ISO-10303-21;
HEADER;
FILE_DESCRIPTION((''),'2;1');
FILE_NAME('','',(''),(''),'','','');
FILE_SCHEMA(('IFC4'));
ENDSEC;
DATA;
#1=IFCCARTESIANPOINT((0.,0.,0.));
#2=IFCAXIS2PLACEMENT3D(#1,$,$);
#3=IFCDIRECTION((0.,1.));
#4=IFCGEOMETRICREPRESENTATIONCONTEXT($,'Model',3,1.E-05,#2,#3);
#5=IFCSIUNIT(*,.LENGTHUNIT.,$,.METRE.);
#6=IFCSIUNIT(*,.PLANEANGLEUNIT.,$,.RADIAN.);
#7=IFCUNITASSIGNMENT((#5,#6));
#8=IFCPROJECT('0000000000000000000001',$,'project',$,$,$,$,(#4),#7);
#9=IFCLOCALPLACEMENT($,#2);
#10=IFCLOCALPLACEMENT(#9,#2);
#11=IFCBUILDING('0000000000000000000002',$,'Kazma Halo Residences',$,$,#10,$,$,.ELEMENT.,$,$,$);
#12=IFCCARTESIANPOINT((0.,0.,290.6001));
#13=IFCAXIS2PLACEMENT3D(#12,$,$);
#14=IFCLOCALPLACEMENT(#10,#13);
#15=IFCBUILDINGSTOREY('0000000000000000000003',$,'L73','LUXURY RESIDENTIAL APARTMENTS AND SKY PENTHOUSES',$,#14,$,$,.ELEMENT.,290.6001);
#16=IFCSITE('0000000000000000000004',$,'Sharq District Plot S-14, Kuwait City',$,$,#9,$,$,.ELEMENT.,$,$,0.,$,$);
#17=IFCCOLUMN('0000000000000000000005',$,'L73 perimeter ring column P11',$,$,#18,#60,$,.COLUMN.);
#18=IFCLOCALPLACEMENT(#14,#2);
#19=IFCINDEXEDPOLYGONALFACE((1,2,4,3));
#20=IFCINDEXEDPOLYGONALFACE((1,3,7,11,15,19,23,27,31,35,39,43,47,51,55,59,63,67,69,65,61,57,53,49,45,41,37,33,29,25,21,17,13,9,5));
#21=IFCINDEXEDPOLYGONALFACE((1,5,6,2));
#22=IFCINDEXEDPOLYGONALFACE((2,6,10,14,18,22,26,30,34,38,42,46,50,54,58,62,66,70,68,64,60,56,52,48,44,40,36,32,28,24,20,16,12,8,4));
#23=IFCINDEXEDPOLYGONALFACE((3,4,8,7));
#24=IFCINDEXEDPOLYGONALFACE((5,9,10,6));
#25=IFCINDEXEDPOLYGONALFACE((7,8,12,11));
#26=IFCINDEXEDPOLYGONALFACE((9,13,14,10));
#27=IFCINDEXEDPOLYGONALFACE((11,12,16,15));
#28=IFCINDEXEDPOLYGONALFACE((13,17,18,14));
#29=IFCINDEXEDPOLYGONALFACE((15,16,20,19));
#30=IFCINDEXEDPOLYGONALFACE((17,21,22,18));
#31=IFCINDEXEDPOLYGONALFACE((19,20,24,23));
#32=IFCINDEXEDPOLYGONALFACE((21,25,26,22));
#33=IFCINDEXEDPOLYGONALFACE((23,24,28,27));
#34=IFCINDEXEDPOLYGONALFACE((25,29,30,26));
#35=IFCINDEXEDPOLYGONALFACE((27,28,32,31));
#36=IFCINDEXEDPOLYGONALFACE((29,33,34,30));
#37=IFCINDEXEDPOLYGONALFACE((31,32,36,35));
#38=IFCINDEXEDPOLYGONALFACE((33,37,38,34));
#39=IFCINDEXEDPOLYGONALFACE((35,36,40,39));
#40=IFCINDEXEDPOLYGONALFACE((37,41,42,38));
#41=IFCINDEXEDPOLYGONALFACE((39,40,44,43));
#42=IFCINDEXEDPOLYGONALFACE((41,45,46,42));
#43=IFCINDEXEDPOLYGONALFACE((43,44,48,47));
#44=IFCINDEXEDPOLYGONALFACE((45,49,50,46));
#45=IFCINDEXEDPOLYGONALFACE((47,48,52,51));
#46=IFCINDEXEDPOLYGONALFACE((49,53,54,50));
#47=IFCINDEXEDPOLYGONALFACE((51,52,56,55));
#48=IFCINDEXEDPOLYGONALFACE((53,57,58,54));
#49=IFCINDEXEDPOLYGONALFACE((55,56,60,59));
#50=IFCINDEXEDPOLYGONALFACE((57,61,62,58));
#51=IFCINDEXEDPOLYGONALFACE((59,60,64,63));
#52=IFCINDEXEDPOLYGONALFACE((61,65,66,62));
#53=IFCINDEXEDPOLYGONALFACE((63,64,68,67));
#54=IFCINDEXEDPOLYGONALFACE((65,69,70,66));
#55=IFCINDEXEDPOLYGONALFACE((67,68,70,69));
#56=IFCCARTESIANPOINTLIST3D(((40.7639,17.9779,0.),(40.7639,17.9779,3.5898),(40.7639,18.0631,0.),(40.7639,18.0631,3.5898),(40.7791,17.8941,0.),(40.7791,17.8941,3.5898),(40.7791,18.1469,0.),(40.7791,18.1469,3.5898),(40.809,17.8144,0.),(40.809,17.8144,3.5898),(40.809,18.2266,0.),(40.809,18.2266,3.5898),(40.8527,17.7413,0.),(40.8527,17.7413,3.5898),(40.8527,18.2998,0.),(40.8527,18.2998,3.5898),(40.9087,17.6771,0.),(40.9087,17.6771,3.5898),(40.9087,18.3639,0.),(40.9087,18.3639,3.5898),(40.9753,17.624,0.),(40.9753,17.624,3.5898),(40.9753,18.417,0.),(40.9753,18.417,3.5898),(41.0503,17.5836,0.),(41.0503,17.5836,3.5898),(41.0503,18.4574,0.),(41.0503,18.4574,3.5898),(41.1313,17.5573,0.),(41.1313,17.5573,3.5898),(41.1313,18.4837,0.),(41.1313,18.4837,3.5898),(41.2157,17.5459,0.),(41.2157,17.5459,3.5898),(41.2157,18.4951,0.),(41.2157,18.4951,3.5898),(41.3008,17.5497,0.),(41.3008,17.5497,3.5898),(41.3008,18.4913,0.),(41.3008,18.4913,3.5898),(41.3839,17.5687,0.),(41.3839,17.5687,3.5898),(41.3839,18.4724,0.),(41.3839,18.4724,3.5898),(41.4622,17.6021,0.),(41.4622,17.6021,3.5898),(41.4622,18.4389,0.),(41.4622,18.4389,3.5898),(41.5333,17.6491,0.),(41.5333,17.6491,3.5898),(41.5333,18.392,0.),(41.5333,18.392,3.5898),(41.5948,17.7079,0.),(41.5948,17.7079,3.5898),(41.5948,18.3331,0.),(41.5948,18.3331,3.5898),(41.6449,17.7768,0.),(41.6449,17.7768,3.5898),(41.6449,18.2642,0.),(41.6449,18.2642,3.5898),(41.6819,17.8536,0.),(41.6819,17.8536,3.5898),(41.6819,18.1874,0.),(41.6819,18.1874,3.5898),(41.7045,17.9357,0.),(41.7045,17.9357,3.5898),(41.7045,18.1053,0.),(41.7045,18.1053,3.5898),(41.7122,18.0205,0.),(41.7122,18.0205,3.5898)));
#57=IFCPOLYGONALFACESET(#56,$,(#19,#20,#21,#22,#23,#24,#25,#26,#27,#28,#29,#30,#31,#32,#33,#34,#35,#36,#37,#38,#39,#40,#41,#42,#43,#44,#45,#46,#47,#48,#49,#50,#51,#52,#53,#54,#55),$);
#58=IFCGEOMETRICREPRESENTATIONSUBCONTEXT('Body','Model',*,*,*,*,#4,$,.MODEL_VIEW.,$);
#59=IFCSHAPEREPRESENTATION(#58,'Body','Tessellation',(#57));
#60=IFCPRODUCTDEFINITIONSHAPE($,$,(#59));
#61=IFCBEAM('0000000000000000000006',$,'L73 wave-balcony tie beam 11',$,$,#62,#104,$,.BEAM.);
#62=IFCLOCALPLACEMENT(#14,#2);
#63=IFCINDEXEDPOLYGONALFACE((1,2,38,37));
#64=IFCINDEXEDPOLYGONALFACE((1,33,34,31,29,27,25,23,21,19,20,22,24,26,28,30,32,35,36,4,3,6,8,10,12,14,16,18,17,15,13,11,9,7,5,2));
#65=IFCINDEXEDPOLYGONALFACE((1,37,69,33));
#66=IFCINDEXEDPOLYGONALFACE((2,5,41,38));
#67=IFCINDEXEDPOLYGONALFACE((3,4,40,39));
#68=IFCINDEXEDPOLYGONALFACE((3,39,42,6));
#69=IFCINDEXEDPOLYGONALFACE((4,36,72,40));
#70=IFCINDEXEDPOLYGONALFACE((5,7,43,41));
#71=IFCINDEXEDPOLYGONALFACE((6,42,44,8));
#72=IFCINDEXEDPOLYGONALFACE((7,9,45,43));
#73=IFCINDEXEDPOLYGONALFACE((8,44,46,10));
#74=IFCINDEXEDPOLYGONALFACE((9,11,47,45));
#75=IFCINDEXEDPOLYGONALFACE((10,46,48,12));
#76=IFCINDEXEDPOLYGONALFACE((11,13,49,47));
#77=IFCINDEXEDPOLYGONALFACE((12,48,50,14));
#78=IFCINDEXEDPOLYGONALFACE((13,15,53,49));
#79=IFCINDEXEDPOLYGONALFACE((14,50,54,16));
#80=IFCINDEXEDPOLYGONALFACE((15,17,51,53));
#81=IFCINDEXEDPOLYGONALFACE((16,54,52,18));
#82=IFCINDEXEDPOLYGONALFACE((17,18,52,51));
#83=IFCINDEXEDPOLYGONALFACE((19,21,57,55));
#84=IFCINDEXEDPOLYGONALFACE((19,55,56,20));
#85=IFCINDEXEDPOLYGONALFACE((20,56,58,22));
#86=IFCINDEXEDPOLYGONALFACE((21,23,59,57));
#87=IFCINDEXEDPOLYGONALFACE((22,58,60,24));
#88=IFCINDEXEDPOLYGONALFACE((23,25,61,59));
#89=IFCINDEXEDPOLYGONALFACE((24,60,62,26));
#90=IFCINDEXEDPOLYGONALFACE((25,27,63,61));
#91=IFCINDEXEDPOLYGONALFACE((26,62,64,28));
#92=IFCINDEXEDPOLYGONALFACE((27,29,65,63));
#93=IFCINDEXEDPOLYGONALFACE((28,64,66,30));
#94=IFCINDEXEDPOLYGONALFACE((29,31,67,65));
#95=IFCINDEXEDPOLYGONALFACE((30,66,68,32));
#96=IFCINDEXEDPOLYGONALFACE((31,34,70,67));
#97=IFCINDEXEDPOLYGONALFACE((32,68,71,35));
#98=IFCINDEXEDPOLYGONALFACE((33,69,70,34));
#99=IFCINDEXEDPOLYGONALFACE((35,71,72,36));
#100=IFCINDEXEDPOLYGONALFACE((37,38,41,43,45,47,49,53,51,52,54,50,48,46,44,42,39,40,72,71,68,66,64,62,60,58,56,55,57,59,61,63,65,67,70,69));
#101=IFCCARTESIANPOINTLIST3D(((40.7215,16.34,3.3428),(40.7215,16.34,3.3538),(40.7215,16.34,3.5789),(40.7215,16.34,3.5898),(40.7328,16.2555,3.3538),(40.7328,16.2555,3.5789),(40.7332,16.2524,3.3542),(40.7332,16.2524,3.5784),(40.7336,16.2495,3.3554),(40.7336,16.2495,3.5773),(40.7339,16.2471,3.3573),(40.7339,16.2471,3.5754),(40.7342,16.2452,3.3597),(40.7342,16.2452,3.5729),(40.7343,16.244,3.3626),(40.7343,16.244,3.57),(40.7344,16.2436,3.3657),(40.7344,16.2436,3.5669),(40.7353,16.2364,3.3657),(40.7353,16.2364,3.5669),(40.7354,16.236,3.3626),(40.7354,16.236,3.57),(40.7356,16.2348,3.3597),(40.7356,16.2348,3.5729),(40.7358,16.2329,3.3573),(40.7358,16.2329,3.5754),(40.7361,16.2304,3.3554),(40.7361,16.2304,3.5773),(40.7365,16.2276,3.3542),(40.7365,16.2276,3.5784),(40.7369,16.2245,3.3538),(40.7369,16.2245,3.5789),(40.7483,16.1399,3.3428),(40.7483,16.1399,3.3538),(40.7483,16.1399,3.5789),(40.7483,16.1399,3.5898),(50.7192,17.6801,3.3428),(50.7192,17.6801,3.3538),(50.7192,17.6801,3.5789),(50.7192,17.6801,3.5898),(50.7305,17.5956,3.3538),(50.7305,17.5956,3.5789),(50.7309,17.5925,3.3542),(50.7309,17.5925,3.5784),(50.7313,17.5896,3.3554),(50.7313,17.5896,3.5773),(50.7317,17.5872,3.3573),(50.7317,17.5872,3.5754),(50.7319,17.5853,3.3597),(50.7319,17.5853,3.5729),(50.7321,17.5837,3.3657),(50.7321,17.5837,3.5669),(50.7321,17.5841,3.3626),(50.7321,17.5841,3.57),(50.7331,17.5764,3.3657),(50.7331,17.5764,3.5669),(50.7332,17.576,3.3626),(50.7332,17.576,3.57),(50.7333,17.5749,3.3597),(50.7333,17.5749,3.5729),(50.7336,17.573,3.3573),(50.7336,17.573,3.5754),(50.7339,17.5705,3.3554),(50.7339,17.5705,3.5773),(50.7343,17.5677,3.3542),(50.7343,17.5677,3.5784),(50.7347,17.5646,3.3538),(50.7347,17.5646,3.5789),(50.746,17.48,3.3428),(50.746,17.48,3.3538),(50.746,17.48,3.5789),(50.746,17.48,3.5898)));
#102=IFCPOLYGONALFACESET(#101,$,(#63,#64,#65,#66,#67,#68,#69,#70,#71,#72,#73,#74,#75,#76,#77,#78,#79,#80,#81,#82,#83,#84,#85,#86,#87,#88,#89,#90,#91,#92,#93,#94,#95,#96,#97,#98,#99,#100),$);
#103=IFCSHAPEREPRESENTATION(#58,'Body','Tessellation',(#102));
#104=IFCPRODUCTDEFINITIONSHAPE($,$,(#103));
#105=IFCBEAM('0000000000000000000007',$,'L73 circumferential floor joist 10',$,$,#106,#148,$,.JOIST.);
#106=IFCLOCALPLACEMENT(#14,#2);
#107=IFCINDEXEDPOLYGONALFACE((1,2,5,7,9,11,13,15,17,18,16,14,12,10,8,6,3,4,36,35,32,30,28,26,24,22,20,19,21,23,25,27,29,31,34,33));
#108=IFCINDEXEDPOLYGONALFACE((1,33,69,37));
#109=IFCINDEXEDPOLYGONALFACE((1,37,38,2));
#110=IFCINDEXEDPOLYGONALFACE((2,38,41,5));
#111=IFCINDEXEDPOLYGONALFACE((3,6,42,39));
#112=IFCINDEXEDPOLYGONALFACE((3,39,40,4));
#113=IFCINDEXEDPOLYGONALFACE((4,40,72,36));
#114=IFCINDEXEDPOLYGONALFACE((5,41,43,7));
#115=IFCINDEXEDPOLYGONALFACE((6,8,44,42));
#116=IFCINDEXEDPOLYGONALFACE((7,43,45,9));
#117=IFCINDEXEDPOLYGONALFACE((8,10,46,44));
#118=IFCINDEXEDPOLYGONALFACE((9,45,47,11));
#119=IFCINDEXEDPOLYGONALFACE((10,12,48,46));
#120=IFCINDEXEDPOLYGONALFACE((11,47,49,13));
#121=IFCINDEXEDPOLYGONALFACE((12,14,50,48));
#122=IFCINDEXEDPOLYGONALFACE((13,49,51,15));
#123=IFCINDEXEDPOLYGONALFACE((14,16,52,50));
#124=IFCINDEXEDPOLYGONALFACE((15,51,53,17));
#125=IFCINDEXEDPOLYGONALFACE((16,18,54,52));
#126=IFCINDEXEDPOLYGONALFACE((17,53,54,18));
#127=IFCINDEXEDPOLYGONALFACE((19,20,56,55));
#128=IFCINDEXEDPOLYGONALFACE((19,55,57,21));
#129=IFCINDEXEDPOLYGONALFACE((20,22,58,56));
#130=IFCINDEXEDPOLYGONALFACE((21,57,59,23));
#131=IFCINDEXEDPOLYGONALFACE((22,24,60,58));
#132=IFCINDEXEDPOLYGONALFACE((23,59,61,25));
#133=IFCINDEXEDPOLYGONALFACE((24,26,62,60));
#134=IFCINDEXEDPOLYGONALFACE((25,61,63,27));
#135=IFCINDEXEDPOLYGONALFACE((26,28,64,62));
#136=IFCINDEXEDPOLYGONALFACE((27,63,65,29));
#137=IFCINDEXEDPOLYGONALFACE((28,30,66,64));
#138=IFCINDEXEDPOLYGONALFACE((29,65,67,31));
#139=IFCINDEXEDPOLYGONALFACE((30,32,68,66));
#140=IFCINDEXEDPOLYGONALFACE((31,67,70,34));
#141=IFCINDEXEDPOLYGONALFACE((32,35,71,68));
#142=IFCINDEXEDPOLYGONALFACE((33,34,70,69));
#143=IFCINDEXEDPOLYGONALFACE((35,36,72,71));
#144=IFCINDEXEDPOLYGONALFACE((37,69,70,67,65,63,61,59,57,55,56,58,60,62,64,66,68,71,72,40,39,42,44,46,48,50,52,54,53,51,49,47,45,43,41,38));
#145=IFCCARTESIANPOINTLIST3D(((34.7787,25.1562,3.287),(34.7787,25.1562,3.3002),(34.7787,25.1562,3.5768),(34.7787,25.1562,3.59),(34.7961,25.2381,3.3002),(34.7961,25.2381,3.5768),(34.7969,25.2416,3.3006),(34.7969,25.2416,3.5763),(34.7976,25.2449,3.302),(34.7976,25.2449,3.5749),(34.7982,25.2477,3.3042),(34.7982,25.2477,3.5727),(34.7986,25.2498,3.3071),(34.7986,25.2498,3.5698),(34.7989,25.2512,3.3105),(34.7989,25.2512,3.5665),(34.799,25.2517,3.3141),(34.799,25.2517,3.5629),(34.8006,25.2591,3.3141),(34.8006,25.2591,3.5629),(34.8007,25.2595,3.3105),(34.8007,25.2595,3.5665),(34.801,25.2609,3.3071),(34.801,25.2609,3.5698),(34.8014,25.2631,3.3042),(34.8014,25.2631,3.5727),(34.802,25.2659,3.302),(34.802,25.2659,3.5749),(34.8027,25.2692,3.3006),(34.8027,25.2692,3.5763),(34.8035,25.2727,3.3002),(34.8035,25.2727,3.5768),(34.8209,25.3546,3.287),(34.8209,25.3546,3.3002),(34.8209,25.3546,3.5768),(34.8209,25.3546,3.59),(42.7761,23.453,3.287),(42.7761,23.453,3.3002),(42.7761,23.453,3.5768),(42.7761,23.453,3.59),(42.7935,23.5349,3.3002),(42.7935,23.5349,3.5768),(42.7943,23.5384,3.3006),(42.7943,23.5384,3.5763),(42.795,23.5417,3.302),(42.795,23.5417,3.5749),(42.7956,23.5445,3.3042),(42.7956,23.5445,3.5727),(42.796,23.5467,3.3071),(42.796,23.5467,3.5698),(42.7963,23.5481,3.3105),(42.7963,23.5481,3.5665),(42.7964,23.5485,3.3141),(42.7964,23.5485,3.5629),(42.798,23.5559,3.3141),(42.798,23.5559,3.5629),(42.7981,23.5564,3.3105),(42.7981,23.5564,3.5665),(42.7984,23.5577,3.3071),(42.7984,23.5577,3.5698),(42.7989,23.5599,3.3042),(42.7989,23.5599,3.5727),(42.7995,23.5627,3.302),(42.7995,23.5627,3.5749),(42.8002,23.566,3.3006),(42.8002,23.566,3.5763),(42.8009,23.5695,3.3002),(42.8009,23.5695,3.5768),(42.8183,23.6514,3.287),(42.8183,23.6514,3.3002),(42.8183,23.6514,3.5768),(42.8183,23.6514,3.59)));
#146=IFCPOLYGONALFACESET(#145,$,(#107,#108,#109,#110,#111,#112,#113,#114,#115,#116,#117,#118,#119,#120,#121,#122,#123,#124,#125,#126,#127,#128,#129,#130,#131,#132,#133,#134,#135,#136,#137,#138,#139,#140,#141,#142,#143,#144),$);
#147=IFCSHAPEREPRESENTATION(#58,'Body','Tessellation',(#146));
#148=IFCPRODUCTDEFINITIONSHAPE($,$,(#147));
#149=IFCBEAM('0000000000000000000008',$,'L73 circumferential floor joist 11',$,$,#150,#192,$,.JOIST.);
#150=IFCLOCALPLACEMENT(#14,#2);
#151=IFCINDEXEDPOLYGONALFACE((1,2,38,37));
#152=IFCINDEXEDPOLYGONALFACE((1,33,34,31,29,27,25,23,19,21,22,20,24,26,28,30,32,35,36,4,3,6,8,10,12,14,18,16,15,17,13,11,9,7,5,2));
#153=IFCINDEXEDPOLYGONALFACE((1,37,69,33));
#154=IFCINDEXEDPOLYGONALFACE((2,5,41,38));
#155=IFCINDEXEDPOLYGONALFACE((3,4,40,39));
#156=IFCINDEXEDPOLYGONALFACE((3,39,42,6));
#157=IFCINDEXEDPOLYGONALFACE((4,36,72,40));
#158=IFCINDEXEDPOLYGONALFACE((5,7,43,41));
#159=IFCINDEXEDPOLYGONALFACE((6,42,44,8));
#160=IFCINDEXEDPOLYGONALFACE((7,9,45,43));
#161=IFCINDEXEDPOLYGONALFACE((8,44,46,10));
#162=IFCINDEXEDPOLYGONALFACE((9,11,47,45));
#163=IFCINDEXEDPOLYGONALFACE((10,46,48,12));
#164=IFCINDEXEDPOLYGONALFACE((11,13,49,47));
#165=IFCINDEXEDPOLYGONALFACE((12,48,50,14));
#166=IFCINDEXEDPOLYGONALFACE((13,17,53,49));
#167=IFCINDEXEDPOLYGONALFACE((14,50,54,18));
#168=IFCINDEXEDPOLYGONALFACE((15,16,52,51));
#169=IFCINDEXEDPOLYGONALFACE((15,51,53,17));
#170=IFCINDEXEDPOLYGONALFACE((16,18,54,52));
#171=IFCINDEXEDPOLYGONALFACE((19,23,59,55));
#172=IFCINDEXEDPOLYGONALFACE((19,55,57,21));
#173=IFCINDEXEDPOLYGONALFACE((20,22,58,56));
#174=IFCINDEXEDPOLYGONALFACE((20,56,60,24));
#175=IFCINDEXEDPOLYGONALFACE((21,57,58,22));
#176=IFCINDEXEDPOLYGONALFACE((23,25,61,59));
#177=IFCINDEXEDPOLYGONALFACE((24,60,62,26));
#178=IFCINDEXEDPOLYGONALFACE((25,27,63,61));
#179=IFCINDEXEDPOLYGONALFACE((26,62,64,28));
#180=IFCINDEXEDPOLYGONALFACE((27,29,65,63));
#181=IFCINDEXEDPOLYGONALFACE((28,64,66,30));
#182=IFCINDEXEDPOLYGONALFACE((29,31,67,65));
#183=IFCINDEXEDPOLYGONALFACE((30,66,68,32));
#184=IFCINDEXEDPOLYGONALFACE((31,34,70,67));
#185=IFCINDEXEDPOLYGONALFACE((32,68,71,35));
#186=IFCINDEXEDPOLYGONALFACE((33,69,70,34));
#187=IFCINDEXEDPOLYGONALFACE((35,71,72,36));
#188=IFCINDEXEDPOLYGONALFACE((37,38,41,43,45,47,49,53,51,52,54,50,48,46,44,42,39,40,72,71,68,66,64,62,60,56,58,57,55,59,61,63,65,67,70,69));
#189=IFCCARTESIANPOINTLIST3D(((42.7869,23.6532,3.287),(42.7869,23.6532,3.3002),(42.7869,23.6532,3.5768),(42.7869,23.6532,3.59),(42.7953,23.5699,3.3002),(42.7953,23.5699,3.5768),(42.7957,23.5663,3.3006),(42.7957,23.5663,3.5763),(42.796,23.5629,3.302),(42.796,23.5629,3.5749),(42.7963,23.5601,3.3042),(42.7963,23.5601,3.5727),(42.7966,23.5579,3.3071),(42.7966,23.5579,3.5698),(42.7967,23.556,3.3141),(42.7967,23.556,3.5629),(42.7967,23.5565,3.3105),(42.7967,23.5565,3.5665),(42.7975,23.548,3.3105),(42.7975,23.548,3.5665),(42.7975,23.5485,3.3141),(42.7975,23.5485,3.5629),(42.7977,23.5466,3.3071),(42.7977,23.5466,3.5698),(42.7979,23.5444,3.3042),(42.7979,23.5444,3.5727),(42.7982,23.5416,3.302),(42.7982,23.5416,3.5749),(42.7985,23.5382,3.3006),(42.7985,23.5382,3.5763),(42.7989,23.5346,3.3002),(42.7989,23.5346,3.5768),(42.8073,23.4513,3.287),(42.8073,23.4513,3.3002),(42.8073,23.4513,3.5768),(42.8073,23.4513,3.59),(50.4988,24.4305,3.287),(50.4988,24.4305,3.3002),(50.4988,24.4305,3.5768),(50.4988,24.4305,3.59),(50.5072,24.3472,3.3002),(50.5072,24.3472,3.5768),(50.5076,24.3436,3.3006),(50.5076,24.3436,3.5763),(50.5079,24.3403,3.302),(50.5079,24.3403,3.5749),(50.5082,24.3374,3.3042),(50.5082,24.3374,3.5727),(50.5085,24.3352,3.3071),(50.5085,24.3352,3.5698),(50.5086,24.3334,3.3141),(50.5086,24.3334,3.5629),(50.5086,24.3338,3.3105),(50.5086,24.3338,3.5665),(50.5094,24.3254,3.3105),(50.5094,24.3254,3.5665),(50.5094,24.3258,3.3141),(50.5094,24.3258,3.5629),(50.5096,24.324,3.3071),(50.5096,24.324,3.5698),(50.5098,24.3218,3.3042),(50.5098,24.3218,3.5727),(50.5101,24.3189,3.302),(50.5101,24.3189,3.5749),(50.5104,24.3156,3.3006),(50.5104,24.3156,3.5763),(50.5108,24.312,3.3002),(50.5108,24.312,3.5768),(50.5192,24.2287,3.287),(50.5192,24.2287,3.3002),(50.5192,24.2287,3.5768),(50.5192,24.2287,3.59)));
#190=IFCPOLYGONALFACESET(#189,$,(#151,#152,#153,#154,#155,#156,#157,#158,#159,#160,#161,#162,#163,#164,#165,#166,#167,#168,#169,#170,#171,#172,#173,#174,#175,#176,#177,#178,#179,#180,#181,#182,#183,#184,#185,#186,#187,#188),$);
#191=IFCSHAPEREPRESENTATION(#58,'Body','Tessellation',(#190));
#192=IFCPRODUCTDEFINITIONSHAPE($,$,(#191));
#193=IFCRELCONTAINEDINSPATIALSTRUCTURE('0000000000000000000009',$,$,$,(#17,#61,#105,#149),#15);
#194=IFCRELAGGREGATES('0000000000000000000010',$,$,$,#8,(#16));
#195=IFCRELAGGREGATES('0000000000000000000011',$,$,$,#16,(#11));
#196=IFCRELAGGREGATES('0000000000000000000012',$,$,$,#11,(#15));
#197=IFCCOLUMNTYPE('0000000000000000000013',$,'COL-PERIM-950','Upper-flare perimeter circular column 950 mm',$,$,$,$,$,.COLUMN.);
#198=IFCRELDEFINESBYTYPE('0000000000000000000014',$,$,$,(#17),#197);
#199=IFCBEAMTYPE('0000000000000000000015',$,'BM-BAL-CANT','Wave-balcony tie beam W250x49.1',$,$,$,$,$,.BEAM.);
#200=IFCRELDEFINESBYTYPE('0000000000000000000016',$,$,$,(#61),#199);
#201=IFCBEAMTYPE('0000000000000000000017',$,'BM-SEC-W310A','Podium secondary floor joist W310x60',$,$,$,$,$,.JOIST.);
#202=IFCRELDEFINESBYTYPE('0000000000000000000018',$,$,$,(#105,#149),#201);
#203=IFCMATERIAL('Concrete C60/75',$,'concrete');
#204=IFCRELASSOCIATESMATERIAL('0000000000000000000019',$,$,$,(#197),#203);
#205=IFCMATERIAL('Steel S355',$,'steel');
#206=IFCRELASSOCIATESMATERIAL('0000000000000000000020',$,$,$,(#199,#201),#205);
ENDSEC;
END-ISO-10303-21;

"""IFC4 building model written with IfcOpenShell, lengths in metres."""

from ifc_helpers import new_model, si_unit, direction, frame, origin, origin_2d, place, context, subcontext, project, spatial, circle, i_section, extrude, material, material_profile, profile_set, type_object, element, save


model = new_model("IFC4")

# Units and contexts
model_context = context("Model", 3, precision=1e-05, world=origin(), true_north=direction((0.0, 1.0)))
body_context = subcontext(model_context, "Body", "Model", "MODEL_VIEW")
ifc_project = project(units=[si_unit("LENGTHUNIT", "METRE"), si_unit("PLANEANGLEUNIT", "RADIAN")], contexts=[model_context])

# Site, building, storey
site_placement = place(None, origin())
site = spatial("IfcSite", under=ifc_project, at=site_placement, Name="Sharq District Plot S-14, Kuwait City", CompositionType="ELEMENT", RefElevation=0.0)
building_placement = place(site_placement, origin())
building = spatial("IfcBuilding", under=site, at=building_placement, Name="Kazma Halo Residences", CompositionType="ELEMENT")
storey_placement = place(building_placement, frame((0.0, 0.0, 290.6001)))
storey = spatial("IfcBuildingStorey", under=building, at=storey_placement, Name="L73", Description="LUXURY RESIDENTIAL APARTMENTS AND SKY PENTHOUSES", CompositionType="ELEMENT", Elevation=290.6001)

# Column
ifc_material_1 = material(Name="Concrete C60/75", Category="concrete")
ifc_material_profile_1 = material_profile(ifc_material_1, circle(Radius=0.4751, at=origin_2d()), Name="CIRC950")
ifc_profile_set_1 = profile_set([ifc_material_profile_1], Name="Concrete C60/75")
column_type = type_object("IfcColumnType", Name="COL-PERIM-950", Description="Upper-flare perimeter circular column 950 mm", PredefinedType="COLUMN", material=ifc_profile_set_1)
column_placement = place(storey_placement, frame((41.2371, 18.0205, 0.0), z_axis=(0.0, 0.0, 1.0), x_axis=(1.0, 0.0, 0.0)))
element("IfcColumn", 1, at=column_placement, inside=storey, type_object=column_type, Name="L73 perimeter ring column P11", PredefinedType="COLUMN", context=body_context, shape_type="SweptSolid", body=[
    extrude(circle(Radius=0.4751, at=origin_2d()), origin(), (0.0, 0.0, 1.0), 3.5898),
])

# Beams
ifc_material_2 = material(Name="Steel S355", Category="steel")
ifc_material_profile_2 = material_profile(ifc_material_2, i_section(OverallWidth=0.2019, OverallDepth=0.2471, WebThickness=0.0073, FlangeThickness=0.011, FilletRadius=0.012, at=origin_2d()), Name="W250x49.1")
ifc_profile_set_2 = profile_set([ifc_material_profile_2], Name="Steel S355")
beam_type_1 = type_object("IfcBeamType", Name="BM-BAL-CANT", Description="Wave-balcony tie beam W250x49.1", PredefinedType="BEAM", material=ifc_profile_set_2)
beam_1_placement = place(storey_placement, frame((40.7349, 16.24, 3.4663), z_axis=(0.991136, 0.13285, 0.0), x_axis=(-0.13285, 0.991136, 0.0)))
element("IfcBeam", 2, at=beam_1_placement, inside=storey, type_object=beam_type_1, Name="L73 wave-balcony tie beam 11", PredefinedType="BEAM", context=body_context, shape_type="SweptSolid", body=[
    extrude(i_section(OverallWidth=0.2019, OverallDepth=0.2471, WebThickness=0.0073, FlangeThickness=0.011, FilletRadius=0.012, at=origin_2d()), origin(), (0.0, 0.0, 1.0), 10.0872),
])
ifc_material_profile_3 = material_profile(ifc_material_2, i_section(OverallWidth=0.2029, OverallDepth=0.303, WebThickness=0.0076, FlangeThickness=0.0132, FilletRadius=0.0139, at=origin_2d()), Name="W310x60")
ifc_profile_set_3 = profile_set([ifc_material_profile_3], Name="Steel S355")
beam_type_2 = type_object("IfcBeamType", Name="BM-SEC-W310A", Description="Podium secondary floor joist W310x60", PredefinedType="JOIST", material=ifc_profile_set_3)
beam_2_placement = place(storey_placement, frame((34.7998, 25.2554, 3.4385), z_axis=(0.978067, -0.208291, 0.0), x_axis=(0.208291, 0.978067, 0.0)))
element("IfcBeam", 3, at=beam_2_placement, inside=storey, type_object=beam_type_2, Name="L73 circumferential floor joist 10", PredefinedType="JOIST", context=body_context, shape_type="SweptSolid", body=[
    extrude(i_section(OverallWidth=0.2029, OverallDepth=0.303, WebThickness=0.0076, FlangeThickness=0.0132, FilletRadius=0.0139, at=origin_2d()), origin(), (0.0, 0.0, 1.0), 8.1768),
])
beam_3_placement = place(storey_placement, frame((42.7971, 23.5522, 3.4385), z_axis=(0.994958, 0.10029, 0.0), x_axis=(-0.10029, 0.994958, 0.0)))
element("IfcBeam", 4, at=beam_3_placement, inside=storey, type_object=beam_type_2, Name="L73 circumferential floor joist 11", PredefinedType="JOIST", context=body_context, shape_type="SweptSolid", body=[
    extrude(i_section(OverallWidth=0.2029, OverallDepth=0.303, WebThickness=0.0076, FlangeThickness=0.0132, FilletRadius=0.0139, at=origin_2d()), origin(), (0.0, 0.0, 1.0), 7.751),
])

save(model, "model.ifc")
